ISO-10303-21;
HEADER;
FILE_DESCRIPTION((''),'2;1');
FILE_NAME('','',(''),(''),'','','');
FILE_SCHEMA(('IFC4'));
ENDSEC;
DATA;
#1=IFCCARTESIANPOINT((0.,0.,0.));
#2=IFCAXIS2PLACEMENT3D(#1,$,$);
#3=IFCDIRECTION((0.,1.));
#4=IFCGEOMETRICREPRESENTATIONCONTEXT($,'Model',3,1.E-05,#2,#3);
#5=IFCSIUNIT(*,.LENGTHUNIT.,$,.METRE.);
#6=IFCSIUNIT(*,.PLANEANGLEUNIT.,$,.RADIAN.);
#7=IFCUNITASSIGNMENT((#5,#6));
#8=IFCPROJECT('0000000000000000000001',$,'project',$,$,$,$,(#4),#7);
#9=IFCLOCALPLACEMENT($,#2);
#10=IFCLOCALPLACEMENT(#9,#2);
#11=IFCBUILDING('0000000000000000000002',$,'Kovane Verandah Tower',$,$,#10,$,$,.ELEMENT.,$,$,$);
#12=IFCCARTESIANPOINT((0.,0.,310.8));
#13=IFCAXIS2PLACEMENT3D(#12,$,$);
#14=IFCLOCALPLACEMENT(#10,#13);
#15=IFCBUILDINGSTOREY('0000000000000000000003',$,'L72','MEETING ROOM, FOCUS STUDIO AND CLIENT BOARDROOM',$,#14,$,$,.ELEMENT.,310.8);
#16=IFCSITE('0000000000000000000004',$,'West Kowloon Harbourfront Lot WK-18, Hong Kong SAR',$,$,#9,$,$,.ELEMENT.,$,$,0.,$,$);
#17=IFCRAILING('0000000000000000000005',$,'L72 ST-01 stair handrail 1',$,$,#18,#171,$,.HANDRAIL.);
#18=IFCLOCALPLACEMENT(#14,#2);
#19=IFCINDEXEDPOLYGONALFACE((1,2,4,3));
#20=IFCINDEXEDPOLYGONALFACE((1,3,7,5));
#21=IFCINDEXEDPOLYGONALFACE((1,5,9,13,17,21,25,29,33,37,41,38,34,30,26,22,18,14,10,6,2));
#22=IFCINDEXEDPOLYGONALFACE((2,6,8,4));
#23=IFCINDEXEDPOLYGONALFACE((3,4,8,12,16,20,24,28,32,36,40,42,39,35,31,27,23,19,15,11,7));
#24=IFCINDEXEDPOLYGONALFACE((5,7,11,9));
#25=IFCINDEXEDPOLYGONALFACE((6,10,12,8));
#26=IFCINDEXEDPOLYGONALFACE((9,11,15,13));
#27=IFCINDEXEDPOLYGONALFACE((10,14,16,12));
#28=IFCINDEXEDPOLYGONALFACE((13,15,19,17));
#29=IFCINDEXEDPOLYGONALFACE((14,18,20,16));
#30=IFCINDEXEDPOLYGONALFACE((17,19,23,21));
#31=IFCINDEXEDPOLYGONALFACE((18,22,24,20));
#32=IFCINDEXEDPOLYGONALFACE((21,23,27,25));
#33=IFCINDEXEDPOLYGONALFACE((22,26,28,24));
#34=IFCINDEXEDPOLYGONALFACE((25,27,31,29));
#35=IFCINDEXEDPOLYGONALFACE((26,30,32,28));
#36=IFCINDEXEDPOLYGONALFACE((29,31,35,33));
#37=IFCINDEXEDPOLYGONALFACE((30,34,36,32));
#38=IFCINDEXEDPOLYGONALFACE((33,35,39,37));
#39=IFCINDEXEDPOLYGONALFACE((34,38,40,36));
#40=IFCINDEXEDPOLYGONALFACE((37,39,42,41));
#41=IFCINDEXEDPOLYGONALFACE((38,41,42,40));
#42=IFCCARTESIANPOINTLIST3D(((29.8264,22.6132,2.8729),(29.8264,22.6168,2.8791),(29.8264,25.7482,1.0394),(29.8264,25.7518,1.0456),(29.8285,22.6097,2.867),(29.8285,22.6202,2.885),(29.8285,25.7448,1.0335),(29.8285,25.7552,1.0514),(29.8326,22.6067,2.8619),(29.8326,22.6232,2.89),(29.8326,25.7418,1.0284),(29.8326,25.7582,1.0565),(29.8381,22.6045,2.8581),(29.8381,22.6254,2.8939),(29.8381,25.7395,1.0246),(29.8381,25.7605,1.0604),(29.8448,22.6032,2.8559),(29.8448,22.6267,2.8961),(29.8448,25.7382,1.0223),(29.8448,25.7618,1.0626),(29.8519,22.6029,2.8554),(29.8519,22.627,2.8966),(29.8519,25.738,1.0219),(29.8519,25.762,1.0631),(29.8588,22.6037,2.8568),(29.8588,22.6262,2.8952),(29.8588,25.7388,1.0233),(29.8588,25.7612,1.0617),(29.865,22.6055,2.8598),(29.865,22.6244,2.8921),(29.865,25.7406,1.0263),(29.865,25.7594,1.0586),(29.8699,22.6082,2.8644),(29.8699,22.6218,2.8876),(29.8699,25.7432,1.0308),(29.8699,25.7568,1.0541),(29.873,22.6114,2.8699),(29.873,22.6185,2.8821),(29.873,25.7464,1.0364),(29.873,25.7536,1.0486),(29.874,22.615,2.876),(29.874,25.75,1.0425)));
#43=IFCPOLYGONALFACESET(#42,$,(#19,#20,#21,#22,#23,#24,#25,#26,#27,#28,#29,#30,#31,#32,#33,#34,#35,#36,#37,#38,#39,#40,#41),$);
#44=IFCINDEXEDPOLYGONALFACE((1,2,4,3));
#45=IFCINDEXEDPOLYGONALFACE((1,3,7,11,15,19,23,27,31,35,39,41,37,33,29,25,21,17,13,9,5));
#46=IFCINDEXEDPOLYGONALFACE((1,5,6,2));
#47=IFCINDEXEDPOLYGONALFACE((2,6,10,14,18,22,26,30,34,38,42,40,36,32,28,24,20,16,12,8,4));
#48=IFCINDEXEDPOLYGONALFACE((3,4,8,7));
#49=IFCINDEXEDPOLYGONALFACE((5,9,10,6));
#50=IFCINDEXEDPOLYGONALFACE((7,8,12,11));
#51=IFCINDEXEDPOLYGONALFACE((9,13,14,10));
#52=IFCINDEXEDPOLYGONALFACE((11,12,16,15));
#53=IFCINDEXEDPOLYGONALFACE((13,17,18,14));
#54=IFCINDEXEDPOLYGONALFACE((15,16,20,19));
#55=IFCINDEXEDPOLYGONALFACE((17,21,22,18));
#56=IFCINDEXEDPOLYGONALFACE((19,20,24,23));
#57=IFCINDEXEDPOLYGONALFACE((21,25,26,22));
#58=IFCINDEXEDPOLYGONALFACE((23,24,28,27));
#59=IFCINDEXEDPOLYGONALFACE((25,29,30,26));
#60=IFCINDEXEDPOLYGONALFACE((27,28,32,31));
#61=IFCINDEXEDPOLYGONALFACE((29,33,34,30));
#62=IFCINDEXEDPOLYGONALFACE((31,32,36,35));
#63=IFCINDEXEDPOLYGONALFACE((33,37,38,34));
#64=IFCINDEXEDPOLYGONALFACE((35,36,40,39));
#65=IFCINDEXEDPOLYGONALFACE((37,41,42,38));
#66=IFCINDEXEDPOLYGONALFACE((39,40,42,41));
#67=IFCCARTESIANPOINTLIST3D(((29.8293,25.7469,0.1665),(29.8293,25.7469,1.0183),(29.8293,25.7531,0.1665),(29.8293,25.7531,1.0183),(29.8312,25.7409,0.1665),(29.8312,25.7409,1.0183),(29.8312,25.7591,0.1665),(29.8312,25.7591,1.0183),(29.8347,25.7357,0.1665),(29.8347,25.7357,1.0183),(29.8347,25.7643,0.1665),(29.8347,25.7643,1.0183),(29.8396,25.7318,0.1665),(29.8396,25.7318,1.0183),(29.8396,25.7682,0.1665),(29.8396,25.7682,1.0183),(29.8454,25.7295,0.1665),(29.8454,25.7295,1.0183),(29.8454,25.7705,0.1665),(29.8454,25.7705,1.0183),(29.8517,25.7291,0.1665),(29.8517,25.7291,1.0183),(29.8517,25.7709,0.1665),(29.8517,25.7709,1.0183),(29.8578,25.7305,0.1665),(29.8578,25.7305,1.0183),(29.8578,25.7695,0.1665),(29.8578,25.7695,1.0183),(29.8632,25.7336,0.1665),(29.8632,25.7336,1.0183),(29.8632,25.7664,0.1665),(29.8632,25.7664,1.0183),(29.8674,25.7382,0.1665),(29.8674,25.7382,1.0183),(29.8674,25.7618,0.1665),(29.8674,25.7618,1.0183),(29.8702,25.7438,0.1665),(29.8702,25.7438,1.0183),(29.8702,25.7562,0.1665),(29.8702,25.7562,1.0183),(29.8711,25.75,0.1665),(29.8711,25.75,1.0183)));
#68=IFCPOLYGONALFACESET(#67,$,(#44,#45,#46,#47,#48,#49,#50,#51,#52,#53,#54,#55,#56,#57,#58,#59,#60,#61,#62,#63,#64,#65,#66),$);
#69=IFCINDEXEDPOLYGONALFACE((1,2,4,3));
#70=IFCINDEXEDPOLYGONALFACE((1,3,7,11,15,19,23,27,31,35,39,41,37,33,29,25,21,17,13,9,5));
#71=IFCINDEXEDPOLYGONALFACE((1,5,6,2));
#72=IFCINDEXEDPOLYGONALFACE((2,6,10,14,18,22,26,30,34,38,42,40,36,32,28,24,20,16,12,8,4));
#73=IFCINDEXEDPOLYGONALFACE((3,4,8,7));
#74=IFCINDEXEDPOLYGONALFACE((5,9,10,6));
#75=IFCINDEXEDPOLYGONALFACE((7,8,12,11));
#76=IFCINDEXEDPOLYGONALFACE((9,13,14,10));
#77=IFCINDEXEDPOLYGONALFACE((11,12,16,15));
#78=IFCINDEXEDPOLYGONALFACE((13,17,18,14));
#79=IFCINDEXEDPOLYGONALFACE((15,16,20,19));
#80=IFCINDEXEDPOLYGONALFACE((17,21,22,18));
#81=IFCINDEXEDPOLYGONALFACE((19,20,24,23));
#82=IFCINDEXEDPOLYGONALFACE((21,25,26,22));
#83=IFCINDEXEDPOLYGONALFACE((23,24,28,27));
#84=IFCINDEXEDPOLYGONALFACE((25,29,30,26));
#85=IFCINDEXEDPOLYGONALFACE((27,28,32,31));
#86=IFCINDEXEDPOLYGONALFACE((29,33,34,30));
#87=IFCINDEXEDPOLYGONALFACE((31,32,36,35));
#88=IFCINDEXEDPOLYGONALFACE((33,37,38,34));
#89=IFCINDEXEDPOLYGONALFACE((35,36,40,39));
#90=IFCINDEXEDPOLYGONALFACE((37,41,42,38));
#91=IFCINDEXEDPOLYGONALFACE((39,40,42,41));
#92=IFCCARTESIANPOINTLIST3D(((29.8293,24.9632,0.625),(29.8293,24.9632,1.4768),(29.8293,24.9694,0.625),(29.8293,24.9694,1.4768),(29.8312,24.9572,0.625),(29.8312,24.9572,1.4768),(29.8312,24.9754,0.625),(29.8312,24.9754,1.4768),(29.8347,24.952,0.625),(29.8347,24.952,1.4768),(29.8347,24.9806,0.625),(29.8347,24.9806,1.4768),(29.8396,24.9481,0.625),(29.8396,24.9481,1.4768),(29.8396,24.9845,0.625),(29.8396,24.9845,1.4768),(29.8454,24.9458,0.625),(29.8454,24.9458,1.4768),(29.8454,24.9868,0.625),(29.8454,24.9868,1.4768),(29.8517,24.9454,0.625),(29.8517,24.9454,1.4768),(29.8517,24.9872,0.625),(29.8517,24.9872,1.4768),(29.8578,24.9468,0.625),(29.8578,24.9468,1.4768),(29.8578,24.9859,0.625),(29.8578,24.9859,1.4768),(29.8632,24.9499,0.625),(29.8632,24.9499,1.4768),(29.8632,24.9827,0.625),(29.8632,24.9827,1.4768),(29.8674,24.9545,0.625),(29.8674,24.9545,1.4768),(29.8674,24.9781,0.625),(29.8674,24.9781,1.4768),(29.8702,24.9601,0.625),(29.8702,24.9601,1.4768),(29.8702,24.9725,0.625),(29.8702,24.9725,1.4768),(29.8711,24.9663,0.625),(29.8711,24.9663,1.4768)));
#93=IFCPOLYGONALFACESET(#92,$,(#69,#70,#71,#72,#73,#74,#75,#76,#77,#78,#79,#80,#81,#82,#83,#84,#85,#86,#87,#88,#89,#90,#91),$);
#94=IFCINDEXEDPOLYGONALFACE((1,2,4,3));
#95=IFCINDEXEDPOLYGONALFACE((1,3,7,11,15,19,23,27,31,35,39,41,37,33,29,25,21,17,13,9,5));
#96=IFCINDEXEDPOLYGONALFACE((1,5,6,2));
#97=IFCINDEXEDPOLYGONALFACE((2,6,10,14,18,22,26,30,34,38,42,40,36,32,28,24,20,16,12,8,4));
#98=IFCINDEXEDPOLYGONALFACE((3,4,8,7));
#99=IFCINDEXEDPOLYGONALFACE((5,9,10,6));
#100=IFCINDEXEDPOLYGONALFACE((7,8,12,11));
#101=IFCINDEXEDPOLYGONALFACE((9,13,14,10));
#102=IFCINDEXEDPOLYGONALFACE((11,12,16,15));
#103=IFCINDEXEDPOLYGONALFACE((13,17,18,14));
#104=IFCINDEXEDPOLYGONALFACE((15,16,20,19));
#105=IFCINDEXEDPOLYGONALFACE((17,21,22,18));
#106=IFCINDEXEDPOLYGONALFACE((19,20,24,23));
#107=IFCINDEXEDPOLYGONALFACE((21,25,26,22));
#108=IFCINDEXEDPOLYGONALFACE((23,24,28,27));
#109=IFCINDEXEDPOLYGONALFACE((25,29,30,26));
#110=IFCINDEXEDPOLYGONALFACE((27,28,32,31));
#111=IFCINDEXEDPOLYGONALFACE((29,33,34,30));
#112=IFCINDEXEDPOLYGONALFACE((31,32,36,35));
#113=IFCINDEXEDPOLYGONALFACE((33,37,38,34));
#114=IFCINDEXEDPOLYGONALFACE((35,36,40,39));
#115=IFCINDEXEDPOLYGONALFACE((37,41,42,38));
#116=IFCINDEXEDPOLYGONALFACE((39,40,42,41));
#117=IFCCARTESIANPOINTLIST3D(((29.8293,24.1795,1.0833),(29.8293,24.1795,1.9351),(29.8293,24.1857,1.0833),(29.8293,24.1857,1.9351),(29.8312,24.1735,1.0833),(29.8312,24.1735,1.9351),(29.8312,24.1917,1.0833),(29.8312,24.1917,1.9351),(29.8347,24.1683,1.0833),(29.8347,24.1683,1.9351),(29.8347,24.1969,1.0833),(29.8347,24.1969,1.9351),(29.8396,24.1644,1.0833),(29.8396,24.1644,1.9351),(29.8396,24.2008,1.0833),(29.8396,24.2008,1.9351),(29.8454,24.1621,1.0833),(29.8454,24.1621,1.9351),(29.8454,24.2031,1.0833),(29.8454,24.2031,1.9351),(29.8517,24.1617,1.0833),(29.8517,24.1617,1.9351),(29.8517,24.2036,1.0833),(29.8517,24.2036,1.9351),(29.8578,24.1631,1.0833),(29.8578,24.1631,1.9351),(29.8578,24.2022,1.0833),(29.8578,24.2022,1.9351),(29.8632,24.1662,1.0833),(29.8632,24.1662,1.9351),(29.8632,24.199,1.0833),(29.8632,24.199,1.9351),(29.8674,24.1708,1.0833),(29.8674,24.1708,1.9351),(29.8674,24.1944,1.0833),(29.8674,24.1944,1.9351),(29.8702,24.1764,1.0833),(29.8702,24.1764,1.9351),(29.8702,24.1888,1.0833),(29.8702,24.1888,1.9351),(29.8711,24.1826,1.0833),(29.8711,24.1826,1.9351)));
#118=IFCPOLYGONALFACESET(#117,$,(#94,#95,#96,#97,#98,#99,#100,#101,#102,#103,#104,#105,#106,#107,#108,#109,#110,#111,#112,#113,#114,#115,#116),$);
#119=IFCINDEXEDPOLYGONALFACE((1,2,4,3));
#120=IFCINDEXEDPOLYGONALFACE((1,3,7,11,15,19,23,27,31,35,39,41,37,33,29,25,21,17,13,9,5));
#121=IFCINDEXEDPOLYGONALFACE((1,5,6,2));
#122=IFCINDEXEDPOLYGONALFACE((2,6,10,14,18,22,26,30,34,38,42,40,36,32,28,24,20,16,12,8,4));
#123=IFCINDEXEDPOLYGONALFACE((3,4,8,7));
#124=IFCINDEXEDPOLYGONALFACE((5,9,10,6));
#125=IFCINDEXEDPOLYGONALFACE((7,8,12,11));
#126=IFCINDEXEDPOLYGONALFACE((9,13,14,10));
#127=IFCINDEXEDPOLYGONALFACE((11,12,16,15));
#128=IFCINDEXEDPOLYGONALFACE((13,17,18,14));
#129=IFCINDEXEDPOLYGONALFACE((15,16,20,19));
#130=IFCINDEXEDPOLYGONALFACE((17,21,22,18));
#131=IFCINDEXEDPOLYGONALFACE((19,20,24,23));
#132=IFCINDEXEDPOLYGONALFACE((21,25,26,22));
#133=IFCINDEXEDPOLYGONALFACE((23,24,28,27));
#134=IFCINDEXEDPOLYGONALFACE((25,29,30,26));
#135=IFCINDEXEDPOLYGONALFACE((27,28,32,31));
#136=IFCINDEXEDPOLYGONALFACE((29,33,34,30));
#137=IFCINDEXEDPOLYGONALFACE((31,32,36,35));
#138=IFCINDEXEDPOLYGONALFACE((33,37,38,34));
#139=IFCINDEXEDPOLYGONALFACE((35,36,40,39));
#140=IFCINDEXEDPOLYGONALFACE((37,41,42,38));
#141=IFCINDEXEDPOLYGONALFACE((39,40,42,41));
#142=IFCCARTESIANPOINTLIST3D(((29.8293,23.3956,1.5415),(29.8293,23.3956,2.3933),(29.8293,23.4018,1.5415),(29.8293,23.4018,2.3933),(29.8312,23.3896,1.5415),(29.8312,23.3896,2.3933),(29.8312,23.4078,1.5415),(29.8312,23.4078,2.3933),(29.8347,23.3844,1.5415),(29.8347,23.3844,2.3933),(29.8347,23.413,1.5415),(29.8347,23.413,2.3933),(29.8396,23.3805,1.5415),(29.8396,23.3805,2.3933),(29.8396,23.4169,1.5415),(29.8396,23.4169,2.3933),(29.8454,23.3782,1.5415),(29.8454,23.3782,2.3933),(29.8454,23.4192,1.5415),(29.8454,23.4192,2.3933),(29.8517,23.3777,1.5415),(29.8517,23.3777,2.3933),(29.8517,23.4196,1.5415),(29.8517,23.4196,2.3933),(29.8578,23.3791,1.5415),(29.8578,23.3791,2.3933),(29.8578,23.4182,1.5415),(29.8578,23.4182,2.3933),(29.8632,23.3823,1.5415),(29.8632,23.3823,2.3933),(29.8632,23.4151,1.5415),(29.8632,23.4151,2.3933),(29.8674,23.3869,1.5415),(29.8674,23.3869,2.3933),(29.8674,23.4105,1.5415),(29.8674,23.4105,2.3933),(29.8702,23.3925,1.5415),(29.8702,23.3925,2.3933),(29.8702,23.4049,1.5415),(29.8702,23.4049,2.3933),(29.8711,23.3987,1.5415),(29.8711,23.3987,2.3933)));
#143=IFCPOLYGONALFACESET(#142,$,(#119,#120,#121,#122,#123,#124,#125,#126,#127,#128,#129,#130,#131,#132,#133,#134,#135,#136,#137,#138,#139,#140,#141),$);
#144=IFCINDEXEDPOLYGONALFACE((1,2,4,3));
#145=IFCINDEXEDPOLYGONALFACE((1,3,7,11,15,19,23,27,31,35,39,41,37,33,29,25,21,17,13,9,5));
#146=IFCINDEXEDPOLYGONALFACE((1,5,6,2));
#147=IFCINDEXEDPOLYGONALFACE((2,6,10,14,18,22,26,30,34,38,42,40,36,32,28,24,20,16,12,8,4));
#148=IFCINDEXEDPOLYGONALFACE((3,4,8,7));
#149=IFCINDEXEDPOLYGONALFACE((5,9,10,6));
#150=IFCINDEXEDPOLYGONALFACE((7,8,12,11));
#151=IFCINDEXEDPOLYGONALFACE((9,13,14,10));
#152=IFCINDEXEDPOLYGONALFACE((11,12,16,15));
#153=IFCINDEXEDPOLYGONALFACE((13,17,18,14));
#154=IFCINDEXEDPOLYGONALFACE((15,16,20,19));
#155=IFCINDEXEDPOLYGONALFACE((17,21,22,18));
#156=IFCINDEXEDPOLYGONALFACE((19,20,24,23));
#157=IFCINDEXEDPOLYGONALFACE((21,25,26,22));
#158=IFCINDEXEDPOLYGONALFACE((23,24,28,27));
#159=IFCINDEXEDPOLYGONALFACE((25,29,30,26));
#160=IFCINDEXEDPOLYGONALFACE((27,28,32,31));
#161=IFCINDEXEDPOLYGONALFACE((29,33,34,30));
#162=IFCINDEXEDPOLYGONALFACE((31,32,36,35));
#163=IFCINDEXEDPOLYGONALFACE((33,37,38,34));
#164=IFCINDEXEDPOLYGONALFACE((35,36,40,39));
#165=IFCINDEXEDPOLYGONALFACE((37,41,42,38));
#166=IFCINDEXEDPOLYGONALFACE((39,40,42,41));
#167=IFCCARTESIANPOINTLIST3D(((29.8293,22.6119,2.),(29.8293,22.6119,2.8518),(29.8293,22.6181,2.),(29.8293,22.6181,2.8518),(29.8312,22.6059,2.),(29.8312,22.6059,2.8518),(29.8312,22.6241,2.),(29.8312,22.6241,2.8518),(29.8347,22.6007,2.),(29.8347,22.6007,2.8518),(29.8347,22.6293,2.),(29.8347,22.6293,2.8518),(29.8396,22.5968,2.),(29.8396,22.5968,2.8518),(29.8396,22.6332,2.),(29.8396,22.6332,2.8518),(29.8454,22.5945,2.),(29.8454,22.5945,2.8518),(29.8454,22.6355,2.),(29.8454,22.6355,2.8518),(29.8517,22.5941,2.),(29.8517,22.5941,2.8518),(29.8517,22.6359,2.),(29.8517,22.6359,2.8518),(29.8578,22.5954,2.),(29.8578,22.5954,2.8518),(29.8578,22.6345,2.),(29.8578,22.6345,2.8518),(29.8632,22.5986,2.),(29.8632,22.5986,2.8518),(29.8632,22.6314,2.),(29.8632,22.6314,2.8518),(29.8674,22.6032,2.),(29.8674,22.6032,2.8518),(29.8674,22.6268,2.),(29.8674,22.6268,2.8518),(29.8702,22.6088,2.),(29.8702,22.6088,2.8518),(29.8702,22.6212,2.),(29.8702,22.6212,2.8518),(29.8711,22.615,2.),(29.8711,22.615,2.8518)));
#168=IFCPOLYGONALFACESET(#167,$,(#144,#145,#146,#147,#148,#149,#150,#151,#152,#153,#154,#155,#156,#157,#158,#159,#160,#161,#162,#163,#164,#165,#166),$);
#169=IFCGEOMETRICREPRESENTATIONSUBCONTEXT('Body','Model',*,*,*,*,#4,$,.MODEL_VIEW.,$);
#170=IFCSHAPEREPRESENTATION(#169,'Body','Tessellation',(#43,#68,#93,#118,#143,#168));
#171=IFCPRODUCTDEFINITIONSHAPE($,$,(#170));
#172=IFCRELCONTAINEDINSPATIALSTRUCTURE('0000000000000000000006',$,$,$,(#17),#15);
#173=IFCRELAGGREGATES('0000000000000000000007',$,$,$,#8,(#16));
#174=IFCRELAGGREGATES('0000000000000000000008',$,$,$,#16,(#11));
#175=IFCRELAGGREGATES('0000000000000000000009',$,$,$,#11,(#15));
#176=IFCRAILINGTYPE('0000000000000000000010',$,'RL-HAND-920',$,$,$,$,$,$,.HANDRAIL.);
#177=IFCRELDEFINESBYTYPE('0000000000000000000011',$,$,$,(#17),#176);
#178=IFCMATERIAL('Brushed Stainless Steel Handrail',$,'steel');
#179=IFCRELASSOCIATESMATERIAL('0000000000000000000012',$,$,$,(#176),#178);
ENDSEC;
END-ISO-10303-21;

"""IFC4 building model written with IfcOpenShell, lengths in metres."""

from ifc_helpers import new_model, si_unit, direction, frame, origin, origin_2d, place, context, subcontext, project, spatial, circle, extrude, material, type_object, element, save


model = new_model("IFC4")

# Units and contexts
model_context = context("Model", 3, precision=1e-05, world=origin(), true_north=direction((0.0, 1.0)))
body_context = subcontext(model_context, "Body", "Model", "MODEL_VIEW")
ifc_project = project(units=[si_unit("LENGTHUNIT", "METRE"), si_unit("PLANEANGLEUNIT", "RADIAN")], contexts=[model_context])

# Site, building, storey
site_placement = place(None, origin())
site = spatial("IfcSite", under=ifc_project, at=site_placement, Name="West Kowloon Harbourfront Lot WK-18, Hong Kong SAR", CompositionType="ELEMENT", RefElevation=0.0)
building_placement = place(site_placement, origin())
building = spatial("IfcBuilding", under=site, at=building_placement, Name="Kovane Verandah Tower", CompositionType="ELEMENT")
storey_placement = place(building_placement, frame((0.0, 0.0, 310.8)))
storey = spatial("IfcBuildingStorey", under=building, at=storey_placement, Name="L72", Description="MEETING ROOM, FOCUS STUDIO AND CLIENT BOARDROOM", CompositionType="ELEMENT", Elevation=310.8)

# Railing
ifc_material_1 = material(Name="Brushed Stainless Steel Handrail", Category="steel")
railing_type_1 = type_object("IfcRailingType", Name="RL-HAND-920", PredefinedType="HANDRAIL", material=ifc_material_1)
railing_1_placement = place(storey_placement, frame((29.8501, 25.75, 0.1665)))
element("IfcRailing", 1, at=railing_1_placement, inside=storey, type_object=railing_type_1, Name="L72 ST-01 stair handrail 1", PredefinedType="HANDRAIL", context=body_context, shape_type="SweptSolid", body=[
    extrude(circle(Radius=0.0239, at=origin_2d()), frame((0.0, 0.0, 0.876), z_axis=(0.0, -0.86321, 0.504845), x_axis=(1.0, 0.0, 0.0)), (0.0, 0.0, 1.0), 3.6318),
    extrude(circle(Radius=0.021, at=origin_2d()), origin(), (0.0, 0.0, 1.0), 0.8518),
    extrude(circle(Radius=0.021, at=origin_2d()), frame((0.0, -0.7837, 0.4585)), (0.0, 0.0, 1.0), 0.8518),
    extrude(circle(Radius=0.021, at=origin_2d()), frame((0.0, -1.5674, 0.9167)), (0.0, 0.0, 1.0), 0.8518),
    extrude(circle(Radius=0.021, at=origin_2d()), frame((0.0, -2.3513, 1.375)), (0.0, 0.0, 1.0), 0.8518),
    extrude(circle(Radius=0.021, at=origin_2d()), frame((0.0, -3.135, 1.8335)), (0.0, 0.0, 1.0), 0.8518),
])

save(model, "model.ifc")
